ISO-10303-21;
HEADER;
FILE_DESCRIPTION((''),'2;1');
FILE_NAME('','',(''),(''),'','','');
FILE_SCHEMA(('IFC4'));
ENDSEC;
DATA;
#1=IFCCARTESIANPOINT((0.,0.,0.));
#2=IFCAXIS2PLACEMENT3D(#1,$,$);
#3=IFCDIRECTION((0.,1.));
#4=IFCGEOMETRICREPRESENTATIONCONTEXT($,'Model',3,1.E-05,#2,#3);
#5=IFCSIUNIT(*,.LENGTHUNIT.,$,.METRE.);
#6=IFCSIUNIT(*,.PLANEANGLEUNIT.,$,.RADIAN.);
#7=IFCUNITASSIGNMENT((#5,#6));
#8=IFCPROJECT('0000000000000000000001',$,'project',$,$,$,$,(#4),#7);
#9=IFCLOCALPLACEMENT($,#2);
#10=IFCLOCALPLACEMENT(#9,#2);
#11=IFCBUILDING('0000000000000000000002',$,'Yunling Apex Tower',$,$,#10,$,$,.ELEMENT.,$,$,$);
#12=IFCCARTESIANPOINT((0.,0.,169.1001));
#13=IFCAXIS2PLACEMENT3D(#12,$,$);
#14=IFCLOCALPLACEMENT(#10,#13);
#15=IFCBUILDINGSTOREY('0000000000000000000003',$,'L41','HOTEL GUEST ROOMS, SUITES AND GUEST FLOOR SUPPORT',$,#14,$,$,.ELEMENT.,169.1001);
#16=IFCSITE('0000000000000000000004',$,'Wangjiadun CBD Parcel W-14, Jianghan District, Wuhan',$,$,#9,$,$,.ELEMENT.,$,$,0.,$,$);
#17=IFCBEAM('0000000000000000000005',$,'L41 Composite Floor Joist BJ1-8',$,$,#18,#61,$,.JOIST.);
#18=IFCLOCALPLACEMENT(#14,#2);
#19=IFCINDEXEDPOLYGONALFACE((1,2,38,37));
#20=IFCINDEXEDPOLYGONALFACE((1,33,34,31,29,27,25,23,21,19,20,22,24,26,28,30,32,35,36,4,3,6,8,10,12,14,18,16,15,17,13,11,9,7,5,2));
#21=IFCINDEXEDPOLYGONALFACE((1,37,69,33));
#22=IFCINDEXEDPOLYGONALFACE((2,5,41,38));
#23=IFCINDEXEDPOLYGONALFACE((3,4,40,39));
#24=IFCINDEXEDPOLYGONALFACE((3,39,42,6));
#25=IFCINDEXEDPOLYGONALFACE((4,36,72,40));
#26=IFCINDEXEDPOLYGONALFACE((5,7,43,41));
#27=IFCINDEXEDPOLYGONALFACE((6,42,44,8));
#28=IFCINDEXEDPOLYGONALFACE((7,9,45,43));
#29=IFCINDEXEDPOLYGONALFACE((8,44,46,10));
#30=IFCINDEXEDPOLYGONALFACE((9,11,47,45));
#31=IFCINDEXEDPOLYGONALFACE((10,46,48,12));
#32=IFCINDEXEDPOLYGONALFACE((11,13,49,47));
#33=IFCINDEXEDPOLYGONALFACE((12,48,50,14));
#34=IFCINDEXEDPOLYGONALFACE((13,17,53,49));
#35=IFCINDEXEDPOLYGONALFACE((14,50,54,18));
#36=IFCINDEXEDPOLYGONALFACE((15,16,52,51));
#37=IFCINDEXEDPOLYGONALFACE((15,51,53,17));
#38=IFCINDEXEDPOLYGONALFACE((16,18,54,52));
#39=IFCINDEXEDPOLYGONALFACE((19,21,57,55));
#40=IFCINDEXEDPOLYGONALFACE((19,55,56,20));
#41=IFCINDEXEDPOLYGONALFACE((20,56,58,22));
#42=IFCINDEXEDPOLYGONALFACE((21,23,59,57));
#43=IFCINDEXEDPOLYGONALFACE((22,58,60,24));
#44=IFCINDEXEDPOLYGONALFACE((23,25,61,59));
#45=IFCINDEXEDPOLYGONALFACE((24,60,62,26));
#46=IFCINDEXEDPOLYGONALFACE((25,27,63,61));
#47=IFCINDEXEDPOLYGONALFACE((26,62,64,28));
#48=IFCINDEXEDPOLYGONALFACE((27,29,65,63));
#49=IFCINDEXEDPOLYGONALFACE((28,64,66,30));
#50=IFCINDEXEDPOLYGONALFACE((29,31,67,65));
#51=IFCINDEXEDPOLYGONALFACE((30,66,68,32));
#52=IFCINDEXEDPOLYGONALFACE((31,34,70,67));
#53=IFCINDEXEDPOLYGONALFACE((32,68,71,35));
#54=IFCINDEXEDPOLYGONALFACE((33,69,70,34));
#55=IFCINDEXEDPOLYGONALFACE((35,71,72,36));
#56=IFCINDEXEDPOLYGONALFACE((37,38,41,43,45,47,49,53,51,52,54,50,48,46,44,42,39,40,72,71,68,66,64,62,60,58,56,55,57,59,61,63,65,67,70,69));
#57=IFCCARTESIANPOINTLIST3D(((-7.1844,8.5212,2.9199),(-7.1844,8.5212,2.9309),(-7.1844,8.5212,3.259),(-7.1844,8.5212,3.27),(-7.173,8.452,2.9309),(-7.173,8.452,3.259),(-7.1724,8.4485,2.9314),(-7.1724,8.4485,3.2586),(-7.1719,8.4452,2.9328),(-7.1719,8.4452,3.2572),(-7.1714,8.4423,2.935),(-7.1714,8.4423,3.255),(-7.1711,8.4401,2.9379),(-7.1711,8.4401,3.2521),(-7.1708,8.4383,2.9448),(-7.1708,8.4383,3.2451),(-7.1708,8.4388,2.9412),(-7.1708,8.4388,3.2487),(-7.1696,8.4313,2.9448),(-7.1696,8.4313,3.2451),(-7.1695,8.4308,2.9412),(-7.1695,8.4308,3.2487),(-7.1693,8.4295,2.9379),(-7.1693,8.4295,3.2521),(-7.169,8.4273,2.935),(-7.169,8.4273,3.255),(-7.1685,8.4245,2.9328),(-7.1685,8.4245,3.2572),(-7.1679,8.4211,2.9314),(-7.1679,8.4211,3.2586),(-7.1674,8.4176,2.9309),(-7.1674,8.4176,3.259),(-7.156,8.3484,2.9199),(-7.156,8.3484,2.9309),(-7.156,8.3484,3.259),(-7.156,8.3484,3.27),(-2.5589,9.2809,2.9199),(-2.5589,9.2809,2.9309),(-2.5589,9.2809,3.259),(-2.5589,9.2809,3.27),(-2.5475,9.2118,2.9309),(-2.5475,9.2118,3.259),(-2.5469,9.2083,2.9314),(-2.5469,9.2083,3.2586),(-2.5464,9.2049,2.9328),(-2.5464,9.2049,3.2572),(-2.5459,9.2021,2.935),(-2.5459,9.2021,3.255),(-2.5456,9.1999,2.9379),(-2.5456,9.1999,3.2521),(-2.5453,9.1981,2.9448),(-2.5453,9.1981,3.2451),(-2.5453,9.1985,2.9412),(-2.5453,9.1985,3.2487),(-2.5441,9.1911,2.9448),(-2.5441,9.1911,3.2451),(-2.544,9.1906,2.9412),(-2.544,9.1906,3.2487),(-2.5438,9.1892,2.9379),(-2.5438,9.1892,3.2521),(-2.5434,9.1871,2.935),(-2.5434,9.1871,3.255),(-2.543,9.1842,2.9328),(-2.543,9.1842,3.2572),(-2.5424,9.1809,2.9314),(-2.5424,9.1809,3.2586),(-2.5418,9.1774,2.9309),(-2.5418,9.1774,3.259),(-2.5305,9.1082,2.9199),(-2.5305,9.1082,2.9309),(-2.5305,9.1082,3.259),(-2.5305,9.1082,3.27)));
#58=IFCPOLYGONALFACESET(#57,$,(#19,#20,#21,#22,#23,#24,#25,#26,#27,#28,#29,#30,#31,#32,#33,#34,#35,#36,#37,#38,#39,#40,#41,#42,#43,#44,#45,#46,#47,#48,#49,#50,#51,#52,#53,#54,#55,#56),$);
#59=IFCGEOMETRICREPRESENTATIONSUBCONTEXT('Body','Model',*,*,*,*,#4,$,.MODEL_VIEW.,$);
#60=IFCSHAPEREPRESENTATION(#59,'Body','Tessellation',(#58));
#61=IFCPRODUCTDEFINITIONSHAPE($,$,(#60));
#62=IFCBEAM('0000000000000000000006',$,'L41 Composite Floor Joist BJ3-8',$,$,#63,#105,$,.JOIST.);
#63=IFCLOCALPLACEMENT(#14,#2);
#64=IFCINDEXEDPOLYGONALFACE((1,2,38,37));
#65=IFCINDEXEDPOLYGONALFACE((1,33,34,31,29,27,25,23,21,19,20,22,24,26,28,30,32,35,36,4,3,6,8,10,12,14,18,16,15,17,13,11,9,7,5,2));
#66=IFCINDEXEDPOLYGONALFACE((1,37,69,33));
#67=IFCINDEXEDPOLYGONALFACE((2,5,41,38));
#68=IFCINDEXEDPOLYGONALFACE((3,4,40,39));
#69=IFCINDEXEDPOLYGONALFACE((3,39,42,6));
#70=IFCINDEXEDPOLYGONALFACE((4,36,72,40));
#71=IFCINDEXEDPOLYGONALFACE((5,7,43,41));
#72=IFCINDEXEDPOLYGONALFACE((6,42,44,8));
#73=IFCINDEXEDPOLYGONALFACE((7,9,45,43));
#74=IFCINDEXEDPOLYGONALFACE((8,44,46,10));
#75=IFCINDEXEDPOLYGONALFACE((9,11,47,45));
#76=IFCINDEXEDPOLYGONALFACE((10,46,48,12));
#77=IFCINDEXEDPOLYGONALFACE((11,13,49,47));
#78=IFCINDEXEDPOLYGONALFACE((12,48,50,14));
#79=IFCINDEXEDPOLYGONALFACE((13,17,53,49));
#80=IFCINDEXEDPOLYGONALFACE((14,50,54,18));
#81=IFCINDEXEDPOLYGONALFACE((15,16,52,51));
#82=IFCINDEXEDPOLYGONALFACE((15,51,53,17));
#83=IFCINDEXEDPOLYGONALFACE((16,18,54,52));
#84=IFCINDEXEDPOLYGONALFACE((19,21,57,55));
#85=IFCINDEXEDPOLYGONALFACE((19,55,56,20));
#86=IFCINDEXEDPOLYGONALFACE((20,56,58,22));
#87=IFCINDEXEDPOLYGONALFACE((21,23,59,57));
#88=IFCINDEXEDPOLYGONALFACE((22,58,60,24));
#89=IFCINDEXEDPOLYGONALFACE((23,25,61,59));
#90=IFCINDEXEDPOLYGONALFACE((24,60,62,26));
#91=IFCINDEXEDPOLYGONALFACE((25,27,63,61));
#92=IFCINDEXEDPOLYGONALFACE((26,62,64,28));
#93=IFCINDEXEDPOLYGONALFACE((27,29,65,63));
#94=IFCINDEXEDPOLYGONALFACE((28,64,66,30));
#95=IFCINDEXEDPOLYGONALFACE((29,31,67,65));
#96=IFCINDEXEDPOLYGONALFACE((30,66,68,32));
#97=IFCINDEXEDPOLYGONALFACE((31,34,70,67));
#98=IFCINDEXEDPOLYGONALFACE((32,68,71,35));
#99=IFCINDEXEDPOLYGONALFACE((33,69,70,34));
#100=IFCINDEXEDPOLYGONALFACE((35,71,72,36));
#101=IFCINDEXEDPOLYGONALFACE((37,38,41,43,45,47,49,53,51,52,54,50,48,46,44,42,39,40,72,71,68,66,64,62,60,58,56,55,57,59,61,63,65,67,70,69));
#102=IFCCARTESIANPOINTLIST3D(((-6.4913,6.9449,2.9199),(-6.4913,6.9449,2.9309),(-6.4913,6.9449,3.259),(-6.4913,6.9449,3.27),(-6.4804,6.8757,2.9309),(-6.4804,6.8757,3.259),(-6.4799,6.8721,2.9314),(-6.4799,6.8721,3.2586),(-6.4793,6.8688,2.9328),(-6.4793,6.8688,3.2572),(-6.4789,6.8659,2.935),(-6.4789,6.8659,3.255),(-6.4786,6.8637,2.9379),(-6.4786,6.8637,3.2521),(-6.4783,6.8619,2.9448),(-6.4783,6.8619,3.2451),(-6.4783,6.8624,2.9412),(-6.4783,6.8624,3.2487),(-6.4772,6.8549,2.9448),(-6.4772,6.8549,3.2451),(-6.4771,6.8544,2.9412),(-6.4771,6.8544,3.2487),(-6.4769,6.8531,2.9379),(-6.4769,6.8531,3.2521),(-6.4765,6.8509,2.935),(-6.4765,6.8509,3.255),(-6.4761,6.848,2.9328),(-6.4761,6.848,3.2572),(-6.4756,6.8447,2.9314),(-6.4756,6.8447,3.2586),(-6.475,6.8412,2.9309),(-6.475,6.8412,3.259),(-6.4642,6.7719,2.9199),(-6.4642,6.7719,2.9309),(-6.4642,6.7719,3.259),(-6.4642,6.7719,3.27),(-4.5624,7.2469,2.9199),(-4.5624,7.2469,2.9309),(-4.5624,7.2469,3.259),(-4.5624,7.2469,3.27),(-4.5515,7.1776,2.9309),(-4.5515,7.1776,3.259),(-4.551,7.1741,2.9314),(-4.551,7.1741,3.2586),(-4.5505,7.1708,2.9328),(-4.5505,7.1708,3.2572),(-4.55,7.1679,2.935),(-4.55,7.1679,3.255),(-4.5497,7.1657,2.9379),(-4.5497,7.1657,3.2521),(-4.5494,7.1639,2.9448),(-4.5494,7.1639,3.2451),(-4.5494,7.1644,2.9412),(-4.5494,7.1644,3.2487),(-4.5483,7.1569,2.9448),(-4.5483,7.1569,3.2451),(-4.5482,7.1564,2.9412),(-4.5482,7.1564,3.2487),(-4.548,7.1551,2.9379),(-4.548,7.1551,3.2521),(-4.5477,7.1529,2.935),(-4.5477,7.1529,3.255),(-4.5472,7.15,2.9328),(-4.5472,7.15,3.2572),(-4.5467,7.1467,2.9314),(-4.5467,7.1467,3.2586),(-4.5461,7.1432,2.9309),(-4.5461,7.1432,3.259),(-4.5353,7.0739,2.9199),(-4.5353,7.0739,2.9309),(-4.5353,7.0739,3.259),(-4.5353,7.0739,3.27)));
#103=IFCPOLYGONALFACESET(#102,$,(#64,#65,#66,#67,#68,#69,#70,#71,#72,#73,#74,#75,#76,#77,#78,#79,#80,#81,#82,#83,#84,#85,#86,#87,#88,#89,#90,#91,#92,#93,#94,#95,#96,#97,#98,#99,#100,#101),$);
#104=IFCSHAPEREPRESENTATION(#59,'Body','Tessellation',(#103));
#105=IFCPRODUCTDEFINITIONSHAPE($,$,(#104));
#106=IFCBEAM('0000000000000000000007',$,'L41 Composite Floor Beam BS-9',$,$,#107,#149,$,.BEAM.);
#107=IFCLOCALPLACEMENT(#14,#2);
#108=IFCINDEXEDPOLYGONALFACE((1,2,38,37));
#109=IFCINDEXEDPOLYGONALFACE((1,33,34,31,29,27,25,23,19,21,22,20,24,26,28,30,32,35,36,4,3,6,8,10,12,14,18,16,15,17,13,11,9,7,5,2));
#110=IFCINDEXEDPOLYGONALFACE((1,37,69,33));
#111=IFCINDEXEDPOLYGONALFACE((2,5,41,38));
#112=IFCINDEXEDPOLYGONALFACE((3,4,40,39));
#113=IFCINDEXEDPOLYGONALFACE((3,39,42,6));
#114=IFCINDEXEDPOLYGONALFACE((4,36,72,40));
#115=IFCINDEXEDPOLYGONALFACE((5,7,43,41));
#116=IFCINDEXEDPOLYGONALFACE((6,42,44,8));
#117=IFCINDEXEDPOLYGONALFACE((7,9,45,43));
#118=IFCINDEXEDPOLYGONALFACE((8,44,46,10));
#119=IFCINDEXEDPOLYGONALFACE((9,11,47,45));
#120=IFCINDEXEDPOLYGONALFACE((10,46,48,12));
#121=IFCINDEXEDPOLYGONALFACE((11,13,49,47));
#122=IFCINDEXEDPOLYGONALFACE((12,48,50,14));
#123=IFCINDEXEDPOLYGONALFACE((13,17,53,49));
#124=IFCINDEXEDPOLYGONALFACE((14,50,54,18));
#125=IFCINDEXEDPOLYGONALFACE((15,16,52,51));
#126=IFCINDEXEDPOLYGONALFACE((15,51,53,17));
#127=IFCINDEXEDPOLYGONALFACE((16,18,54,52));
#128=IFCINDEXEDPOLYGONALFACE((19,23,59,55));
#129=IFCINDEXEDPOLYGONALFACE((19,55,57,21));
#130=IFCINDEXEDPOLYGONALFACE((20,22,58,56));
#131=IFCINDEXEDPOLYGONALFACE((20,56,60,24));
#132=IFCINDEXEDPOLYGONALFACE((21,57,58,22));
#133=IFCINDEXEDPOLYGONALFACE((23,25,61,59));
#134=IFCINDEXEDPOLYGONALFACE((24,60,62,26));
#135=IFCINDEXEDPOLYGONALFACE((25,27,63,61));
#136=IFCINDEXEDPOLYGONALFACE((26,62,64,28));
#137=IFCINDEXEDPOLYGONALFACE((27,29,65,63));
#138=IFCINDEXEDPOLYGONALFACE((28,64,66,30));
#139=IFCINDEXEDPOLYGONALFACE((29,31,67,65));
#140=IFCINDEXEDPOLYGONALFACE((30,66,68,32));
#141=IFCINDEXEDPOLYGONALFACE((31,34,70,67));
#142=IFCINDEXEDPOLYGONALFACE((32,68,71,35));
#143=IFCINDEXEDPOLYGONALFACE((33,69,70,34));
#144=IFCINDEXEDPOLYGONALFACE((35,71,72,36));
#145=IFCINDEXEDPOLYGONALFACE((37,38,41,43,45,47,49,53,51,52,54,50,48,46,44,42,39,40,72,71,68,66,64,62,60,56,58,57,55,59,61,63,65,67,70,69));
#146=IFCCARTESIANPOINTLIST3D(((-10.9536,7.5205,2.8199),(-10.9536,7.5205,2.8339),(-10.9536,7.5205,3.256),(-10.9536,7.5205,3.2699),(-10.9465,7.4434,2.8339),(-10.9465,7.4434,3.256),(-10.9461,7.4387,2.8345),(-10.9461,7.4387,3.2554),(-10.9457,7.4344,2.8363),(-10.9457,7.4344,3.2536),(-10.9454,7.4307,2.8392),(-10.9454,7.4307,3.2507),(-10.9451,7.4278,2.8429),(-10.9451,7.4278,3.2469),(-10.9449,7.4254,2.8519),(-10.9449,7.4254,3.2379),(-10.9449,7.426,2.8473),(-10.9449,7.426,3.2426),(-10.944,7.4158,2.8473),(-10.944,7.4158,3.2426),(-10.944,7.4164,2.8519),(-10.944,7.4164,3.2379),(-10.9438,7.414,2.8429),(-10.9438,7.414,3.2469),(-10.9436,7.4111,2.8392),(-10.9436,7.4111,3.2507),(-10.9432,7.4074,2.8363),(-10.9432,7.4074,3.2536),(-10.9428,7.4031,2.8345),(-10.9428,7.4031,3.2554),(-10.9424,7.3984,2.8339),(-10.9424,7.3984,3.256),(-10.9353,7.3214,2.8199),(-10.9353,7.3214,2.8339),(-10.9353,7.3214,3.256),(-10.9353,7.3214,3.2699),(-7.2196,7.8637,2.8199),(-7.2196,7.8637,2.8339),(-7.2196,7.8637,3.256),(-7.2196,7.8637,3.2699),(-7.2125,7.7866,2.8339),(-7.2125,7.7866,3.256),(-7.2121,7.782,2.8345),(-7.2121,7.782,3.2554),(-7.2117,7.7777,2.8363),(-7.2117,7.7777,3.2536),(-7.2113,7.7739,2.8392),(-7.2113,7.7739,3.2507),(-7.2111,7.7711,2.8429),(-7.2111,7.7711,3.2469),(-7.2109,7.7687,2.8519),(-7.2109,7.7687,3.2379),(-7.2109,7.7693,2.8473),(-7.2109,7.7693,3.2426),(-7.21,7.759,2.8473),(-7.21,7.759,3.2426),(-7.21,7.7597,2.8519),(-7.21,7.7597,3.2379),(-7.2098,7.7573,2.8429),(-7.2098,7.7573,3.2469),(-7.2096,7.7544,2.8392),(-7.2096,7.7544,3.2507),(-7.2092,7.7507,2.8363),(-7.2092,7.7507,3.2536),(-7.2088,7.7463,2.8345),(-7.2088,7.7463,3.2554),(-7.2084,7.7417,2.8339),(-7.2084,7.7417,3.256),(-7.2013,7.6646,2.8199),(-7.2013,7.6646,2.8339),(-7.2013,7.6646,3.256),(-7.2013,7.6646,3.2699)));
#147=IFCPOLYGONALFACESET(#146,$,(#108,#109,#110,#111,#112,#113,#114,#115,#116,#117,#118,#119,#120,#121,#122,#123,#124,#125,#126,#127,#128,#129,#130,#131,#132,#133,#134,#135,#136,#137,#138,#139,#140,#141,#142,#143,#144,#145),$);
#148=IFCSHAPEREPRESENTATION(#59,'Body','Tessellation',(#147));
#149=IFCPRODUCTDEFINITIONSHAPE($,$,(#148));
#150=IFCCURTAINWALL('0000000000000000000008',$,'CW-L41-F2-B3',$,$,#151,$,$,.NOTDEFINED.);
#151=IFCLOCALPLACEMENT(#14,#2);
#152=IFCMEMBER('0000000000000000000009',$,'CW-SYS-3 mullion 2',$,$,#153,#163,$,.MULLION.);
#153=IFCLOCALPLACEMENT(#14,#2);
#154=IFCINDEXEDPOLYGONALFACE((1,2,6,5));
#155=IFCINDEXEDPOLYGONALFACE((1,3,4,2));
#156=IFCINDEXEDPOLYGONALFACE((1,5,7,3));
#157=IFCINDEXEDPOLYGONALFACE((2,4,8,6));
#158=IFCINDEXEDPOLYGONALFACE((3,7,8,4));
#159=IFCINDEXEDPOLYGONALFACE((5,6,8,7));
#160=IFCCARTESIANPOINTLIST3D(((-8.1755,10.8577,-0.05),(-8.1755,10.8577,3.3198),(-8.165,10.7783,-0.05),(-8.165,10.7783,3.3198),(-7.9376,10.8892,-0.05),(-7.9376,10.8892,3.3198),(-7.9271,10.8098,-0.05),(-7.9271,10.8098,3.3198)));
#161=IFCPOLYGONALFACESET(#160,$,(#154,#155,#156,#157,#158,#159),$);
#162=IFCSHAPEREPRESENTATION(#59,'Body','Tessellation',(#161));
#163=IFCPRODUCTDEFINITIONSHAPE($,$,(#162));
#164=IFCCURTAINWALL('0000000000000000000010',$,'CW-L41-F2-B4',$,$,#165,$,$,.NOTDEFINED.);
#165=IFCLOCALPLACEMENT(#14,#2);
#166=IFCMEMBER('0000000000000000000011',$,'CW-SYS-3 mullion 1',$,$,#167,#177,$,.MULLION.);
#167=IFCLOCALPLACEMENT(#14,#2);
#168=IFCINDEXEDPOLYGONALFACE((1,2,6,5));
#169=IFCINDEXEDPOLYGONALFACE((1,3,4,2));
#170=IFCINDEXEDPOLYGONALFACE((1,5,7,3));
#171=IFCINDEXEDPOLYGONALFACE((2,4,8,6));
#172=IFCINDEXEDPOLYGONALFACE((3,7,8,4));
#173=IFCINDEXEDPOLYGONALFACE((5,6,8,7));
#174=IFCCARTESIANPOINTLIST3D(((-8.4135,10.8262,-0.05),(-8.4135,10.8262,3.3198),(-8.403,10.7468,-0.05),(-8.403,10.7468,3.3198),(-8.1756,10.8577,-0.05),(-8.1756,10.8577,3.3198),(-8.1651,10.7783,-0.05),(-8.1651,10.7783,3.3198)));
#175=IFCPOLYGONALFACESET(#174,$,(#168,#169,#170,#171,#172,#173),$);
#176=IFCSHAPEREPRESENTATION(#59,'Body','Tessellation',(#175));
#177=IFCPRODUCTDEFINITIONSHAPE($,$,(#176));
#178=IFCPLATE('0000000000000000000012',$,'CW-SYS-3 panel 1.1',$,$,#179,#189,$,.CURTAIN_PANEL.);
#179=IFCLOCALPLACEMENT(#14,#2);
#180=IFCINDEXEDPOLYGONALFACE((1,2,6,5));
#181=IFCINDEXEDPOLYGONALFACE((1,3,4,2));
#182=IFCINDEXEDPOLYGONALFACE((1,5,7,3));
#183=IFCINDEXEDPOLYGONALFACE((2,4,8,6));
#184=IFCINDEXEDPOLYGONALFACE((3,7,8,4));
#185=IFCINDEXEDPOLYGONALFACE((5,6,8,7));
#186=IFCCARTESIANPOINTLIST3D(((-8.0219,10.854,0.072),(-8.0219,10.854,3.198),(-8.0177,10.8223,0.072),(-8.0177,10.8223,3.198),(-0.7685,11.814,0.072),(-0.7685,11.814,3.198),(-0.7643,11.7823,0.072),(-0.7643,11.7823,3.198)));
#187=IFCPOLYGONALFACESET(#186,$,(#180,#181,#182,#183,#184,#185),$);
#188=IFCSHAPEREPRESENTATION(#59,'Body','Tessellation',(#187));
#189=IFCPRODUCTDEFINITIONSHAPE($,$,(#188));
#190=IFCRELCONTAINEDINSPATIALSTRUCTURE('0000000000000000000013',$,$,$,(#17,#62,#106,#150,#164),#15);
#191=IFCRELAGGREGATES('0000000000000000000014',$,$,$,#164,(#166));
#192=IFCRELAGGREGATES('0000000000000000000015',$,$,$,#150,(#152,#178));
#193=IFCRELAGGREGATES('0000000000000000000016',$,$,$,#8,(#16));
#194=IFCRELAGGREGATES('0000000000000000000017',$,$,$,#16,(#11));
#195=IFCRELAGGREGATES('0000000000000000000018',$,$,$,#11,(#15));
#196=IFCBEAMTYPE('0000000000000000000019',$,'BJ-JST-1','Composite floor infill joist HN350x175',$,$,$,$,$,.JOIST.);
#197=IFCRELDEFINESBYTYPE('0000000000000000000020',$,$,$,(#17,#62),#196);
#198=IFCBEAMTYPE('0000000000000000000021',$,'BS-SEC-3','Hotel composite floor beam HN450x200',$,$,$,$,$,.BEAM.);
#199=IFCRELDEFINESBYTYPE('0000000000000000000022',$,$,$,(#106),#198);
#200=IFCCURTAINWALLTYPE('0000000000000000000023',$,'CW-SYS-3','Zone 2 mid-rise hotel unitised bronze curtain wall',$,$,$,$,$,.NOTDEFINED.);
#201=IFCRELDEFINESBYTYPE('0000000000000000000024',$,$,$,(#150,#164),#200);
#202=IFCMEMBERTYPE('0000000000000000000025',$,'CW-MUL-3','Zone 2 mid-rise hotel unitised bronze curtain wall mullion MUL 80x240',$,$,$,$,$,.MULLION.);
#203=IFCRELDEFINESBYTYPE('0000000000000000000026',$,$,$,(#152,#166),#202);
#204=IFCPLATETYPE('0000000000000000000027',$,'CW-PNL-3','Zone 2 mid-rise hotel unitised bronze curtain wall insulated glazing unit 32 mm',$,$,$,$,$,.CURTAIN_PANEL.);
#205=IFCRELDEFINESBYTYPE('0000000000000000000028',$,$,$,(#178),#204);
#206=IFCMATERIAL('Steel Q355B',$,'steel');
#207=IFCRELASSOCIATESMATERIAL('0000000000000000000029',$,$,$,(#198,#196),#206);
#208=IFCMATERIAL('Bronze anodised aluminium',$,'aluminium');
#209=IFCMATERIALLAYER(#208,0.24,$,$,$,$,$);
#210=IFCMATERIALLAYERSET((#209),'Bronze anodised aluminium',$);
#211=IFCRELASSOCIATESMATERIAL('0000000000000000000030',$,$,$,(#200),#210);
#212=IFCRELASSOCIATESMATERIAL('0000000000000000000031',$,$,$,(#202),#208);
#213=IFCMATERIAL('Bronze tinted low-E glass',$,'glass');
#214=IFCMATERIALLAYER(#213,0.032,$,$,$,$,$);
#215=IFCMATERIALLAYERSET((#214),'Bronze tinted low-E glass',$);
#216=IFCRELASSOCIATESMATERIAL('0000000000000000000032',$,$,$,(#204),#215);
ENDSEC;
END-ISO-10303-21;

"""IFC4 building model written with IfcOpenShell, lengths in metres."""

from ifc_helpers import new_model, si_unit, direction, frame, origin, origin_2d, place, context, subcontext, project, spatial, rectangle, i_section, extrude, source, transform, mapped, material, layer, layer_set, material_profile, profile_set, type_object, element, aggregate, save


model = new_model("IFC4")

# Units and contexts
model_context = context("Model", 3, precision=1e-05, world=origin(), true_north=direction((0.0, 1.0)))
body_context = subcontext(model_context, "Body", "Model", "MODEL_VIEW")
ifc_project = project(units=[si_unit("LENGTHUNIT", "METRE"), si_unit("PLANEANGLEUNIT", "RADIAN")], contexts=[model_context])

# Site, building, storey
site_placement = place(None, origin())
site = spatial("IfcSite", under=ifc_project, at=site_placement, Name="Wangjiadun CBD Parcel W-14, Jianghan District, Wuhan", CompositionType="ELEMENT", RefElevation=0.0)
building_placement = place(site_placement, origin())
building = spatial("IfcBuilding", under=site, at=building_placement, Name="Yunling Apex Tower", CompositionType="ELEMENT")
storey_placement = place(building_placement, frame((0.0, 0.0, 169.1001)))
storey = spatial("IfcBuildingStorey", under=building, at=storey_placement, Name="L41", Description="HOTEL GUEST ROOMS, SUITES AND GUEST FLOOR SUPPORT", CompositionType="ELEMENT", Elevation=169.1001)

# Beams
ifc_material_1 = material(Name="Steel Q355B", Category="steel")
ifc_material_profile_1 = material_profile(ifc_material_1, i_section(OverallWidth=0.2, OverallDepth=0.45, WebThickness=0.009, FlangeThickness=0.0139, FilletRadius=0.0181, at=origin_2d()))
ifc_profile_set_1 = profile_set([ifc_material_profile_1], Name="Steel Q355B")
beam_type_1 = type_object("IfcBeamType", Name="BS-SEC-3", Description="Hotel composite floor beam HN450x200", PredefinedType="BEAM", material=ifc_profile_set_1)
ifc_material_profile_2 = material_profile(ifc_material_1, i_section(OverallWidth=0.175, OverallDepth=0.3501, WebThickness=0.0071, FlangeThickness=0.011, FilletRadius=0.0139, at=origin_2d()))
ifc_profile_set_2 = profile_set([ifc_material_profile_2], Name="Steel Q355B")
beam_type_2 = type_object("IfcBeamType", Name="BJ-JST-1", Description="Composite floor infill joist HN350x175", PredefinedType="JOIST", material=ifc_profile_set_2)
shared_shape_1 = source(origin(), body_context, "Body", "SweptSolid", [
    extrude(i_section(OverallWidth=0.175, OverallDepth=0.3501, WebThickness=0.0071, FlangeThickness=0.011, FilletRadius=0.0139, at=origin_2d()), origin(), (0.0, 0.0, 1.0), 4.6875),
])
beam_1_placement = place(storey_placement, frame((-2.5447, 9.1946, 3.095), z_axis=(-0.986777, -0.162084, 0.0), x_axis=(0.162084, -0.986777, 0.0)))
element("IfcBeam", 1, at=beam_1_placement, inside=storey, type_object=beam_type_2, Name="L41 Composite Floor Joist BJ1-8", PredefinedType="JOIST", context=body_context, shape_type="MappedRepresentation", body=[
    mapped(shared_shape_1, transform((0.0, 0.0, 0.0), scale=1.0)),
])
shared_shape_2 = source(origin(), body_context, "Body", "SweptSolid", [
    extrude(i_section(OverallWidth=0.175, OverallDepth=0.3501, WebThickness=0.0071, FlangeThickness=0.011, FilletRadius=0.0139, at=origin_2d()), origin(), (0.0, 0.0, 1.0), 1.9524),
])
beam_2_placement = place(storey_placement, frame((-4.5488, 7.1604, 3.095), z_axis=(-0.987965, -0.154678, 0.0), x_axis=(0.154678, -0.987965, 0.0)))
element("IfcBeam", 2, at=beam_2_placement, inside=storey, type_object=beam_type_2, Name="L41 Composite Floor Joist BJ3-8", PredefinedType="JOIST", context=body_context, shape_type="MappedRepresentation", body=[
    mapped(shared_shape_2, transform((0.0, 0.0, 0.0), scale=1.0)),
])
shared_shape_3 = source(origin(), body_context, "Body", "SweptSolid", [
    extrude(i_section(OverallWidth=0.2, OverallDepth=0.45, WebThickness=0.009, FlangeThickness=0.0139, FilletRadius=0.0181, at=origin_2d()), origin(), (0.0, 0.0, 1.0), 3.7498),
])
beam_3_placement = place(storey_placement, frame((-7.2104, 7.7642, 3.0449), z_axis=(-0.995801, -0.09154, 0.0), x_axis=(0.09154, -0.995801, 0.0)))
element("IfcBeam", 3, at=beam_3_placement, inside=storey, type_object=beam_type_1, Name="L41 Composite Floor Beam BS-9", PredefinedType="BEAM", context=body_context, shape_type="MappedRepresentation", body=[
    mapped(shared_shape_3, transform((0.0, 0.0, 0.0), scale=1.0)),
])

# Curtain walls, members
ifc_material_2 = material(Name="Bronze anodised aluminium", Category="aluminium")
ifc_layer_1 = layer(ifc_material_2, 0.24)
ifc_layer_set_1 = layer_set([ifc_layer_1], Name="Bronze anodised aluminium")
curtain_wall_type = type_object("IfcCurtainWallType", Name="CW-SYS-3", Description="Zone 2 mid-rise hotel unitised bronze curtain wall", PredefinedType="NOTDEFINED", material=ifc_layer_set_1)
curtain_wall_1_placement = place(storey_placement, origin())
curtain_wall_1 = element("IfcCurtainWall", 4, at=curtain_wall_1_placement, inside=storey, type_object=curtain_wall_type, Name="CW-L41-F2-B3", PredefinedType="NOTDEFINED")
ifc_material_profile_3 = material_profile(ifc_material_2, rectangle(XDim=0.0801, YDim=0.24, at=origin_2d()))
ifc_profile_set_3 = profile_set([ifc_material_profile_3], Name="Bronze anodised aluminium")
member_type = type_object("IfcMemberType", Name="CW-MUL-3", Description="Zone 2 mid-rise hotel unitised bronze curtain wall mullion MUL 80x240", PredefinedType="MULLION", material=ifc_profile_set_3)
shared_shape_4 = source(origin(), body_context, "Body", "SweptSolid", [
    extrude(rectangle(XDim=0.0801, YDim=0.24, at=origin_2d()), origin(), (0.0, 0.0, 1.0), 3.3699),
])
member_1_placement = place(storey_placement, frame((-8.0513, 10.8337, -0.05), z_axis=(0.0, 0.0, 1.0), x_axis=(0.131209, -0.991355, 0.0)))
member_1 = element("IfcMember", 5, at=member_1_placement, type_object=member_type, Name="CW-SYS-3 mullion 2", PredefinedType="MULLION", context=body_context, shape_type="MappedRepresentation", body=[
    mapped(shared_shape_4, transform((0.0, 0.0, 0.0), scale=1.0)),
])
curtain_wall_2_placement = place(storey_placement, origin())
curtain_wall_2 = element("IfcCurtainWall", 6, at=curtain_wall_2_placement, inside=storey, type_object=curtain_wall_type, Name="CW-L41-F2-B4", PredefinedType="NOTDEFINED")
member_2_placement = place(storey_placement, frame((-8.2893, 10.8022, -0.05), z_axis=(0.0, 0.0, 1.0), x_axis=(0.131222, -0.991353, 0.0)))
member_2 = element("IfcMember", 7, at=member_2_placement, type_object=member_type, Name="CW-SYS-3 mullion 1", PredefinedType="MULLION", context=body_context, shape_type="MappedRepresentation", body=[
    mapped(shared_shape_4, transform((0.0, 0.0, 0.0), scale=1.0)),
])
aggregate(curtain_wall_2, [member_2])

# Plate
ifc_material_3 = material(Name="Bronze tinted low-E glass", Category="glass")
ifc_layer_2 = layer(ifc_material_3, 0.032)
ifc_layer_set_2 = layer_set([ifc_layer_2], Name="Bronze tinted low-E glass")
plate_type = type_object("IfcPlateType", Name="CW-PNL-3", Description="Zone 2 mid-rise hotel unitised bronze curtain wall insulated glazing unit 32 mm", PredefinedType="CURTAIN_PANEL", material=ifc_layer_set_2)
shared_shape_5 = source(origin(), body_context, "Body", "SweptSolid", [
    extrude(rectangle(XDim=7.3167, YDim=0.032, at=origin_2d()), origin(), (0.0, 0.0, 1.0), 3.126),
])
plate_placement = place(storey_placement, frame((-4.3931, 11.3181, 0.072), z_axis=(0.0, 0.0, 1.0), x_axis=(-0.991355, -0.131209, 0.0)))
plate = element("IfcPlate", 8, at=plate_placement, type_object=plate_type, Name="CW-SYS-3 panel 1.1", PredefinedType="CURTAIN_PANEL", context=body_context, shape_type="MappedRepresentation", body=[
    mapped(shared_shape_5, transform((0.0, 0.0, 0.0), scale=1.0)),
])
aggregate(curtain_wall_1, [member_1, plate])

save(model, "model.ifc")
